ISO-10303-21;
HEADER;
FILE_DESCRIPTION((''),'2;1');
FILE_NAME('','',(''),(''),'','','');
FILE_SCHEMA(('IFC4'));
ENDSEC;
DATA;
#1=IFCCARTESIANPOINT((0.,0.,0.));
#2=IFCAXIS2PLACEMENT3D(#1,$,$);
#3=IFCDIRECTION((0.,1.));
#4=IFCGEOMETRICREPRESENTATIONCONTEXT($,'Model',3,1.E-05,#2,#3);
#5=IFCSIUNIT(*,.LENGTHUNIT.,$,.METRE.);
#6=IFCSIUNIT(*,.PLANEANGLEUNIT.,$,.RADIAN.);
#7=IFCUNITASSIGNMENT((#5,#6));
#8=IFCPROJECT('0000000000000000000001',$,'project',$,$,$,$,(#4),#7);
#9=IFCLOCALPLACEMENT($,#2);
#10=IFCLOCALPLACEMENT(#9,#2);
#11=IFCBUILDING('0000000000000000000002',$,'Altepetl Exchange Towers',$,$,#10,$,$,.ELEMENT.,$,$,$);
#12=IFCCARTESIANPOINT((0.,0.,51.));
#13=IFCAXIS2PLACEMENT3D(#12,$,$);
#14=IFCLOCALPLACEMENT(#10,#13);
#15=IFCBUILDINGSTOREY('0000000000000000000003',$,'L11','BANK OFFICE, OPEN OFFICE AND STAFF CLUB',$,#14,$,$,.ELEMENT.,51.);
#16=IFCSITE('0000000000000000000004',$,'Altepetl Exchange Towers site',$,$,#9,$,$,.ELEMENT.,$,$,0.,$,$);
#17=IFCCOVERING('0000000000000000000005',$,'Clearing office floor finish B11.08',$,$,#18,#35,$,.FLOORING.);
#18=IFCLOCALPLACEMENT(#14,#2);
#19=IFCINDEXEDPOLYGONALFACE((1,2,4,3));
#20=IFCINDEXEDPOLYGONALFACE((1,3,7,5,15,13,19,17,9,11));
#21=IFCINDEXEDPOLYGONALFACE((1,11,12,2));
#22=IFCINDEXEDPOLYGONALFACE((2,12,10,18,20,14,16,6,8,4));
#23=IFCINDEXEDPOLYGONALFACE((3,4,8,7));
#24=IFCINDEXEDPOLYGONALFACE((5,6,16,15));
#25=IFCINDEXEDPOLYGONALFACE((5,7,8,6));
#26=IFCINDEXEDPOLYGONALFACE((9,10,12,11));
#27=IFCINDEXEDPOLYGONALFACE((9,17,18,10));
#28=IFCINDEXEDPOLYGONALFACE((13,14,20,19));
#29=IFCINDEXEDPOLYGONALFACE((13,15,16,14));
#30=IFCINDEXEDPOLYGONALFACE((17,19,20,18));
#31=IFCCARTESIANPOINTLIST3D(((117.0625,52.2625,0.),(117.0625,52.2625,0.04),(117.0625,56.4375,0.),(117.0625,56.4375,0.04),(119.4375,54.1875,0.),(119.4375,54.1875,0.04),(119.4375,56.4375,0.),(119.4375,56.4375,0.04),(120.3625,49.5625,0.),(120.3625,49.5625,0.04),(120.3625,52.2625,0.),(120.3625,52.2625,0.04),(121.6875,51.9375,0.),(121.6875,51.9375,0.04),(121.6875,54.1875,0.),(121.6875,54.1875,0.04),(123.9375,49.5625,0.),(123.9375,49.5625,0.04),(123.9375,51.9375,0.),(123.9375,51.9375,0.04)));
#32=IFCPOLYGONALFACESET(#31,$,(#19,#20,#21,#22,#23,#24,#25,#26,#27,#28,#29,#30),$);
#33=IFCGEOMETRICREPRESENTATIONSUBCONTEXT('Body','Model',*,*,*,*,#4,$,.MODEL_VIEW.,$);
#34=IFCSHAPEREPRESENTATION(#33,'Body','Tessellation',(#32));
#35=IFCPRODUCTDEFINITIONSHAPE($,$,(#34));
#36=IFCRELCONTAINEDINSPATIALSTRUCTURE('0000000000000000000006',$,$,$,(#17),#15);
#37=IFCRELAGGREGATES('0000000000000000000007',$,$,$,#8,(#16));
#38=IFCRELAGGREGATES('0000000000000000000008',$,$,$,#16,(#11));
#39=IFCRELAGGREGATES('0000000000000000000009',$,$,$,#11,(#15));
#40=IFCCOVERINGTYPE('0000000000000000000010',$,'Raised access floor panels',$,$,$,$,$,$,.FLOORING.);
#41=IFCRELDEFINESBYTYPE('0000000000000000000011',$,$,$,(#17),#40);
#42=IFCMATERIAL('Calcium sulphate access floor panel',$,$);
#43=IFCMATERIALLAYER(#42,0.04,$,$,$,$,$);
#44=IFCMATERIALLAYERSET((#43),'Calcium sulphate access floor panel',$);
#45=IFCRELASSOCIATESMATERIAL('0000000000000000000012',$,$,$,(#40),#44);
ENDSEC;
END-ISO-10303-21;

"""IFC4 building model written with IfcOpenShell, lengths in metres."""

from ifc_helpers import new_model, si_unit, direction, frame, origin, place, context, subcontext, project, spatial, polyline, outline, extrude, material, layer, layer_set, type_object, element, save


model = new_model("IFC4")

# Units and contexts
model_context = context("Model", 3, precision=1e-05, world=origin(), true_north=direction((0.0, 1.0)))
body_context = subcontext(model_context, "Body", "Model", "MODEL_VIEW")
ifc_project = project(units=[si_unit("LENGTHUNIT", "METRE"), si_unit("PLANEANGLEUNIT", "RADIAN")], contexts=[model_context])

# Site, building, storey
site_placement = place(None, origin())
site = spatial("IfcSite", under=ifc_project, at=site_placement, Name="Altepetl Exchange Towers site", CompositionType="ELEMENT", RefElevation=0.0)
building_placement = place(site_placement, origin())
building = spatial("IfcBuilding", under=site, at=building_placement, Name="Altepetl Exchange Towers", CompositionType="ELEMENT")
storey_placement = place(building_placement, frame((0.0, 0.0, 51.0)))
storey = spatial("IfcBuildingStorey", under=building, at=storey_placement, Name="L11", Description="BANK OFFICE, OPEN OFFICE AND STAFF CLUB", CompositionType="ELEMENT", Elevation=51.0)

# Covering
ifc_material_1 = material(Name="Calcium sulphate access floor panel")
ifc_layer_1 = layer(ifc_material_1, 0.04)
ifc_layer_set_1 = layer_set([ifc_layer_1], Name="Calcium sulphate access floor panel")
covering_type_1 = type_object("IfcCoveringType", Name="Raised access floor panels", PredefinedType="FLOORING", material=ifc_layer_set_1)
covering_1_placement = place(storey_placement, origin())
element("IfcCovering", 1, at=covering_1_placement, inside=storey, type_object=covering_type_1, Name="Clearing office floor finish B11.08", PredefinedType="FLOORING", context=body_context, shape_type="SweptSolid", body=[
    extrude(outline(polyline([(119.4375, 54.1875), (119.4375, 56.4375), (117.0625, 56.4375), (117.0625, 52.2625), (120.3625, 52.2625), (120.3625, 49.5625), (123.9375, 49.5625), (123.9375, 51.9375), (121.6875, 51.9375), (121.6875, 54.1875), (119.4375, 54.1875)])), origin(), (0.0, 0.0, 1.0), 0.04),
])

save(model, "model.ifc")
